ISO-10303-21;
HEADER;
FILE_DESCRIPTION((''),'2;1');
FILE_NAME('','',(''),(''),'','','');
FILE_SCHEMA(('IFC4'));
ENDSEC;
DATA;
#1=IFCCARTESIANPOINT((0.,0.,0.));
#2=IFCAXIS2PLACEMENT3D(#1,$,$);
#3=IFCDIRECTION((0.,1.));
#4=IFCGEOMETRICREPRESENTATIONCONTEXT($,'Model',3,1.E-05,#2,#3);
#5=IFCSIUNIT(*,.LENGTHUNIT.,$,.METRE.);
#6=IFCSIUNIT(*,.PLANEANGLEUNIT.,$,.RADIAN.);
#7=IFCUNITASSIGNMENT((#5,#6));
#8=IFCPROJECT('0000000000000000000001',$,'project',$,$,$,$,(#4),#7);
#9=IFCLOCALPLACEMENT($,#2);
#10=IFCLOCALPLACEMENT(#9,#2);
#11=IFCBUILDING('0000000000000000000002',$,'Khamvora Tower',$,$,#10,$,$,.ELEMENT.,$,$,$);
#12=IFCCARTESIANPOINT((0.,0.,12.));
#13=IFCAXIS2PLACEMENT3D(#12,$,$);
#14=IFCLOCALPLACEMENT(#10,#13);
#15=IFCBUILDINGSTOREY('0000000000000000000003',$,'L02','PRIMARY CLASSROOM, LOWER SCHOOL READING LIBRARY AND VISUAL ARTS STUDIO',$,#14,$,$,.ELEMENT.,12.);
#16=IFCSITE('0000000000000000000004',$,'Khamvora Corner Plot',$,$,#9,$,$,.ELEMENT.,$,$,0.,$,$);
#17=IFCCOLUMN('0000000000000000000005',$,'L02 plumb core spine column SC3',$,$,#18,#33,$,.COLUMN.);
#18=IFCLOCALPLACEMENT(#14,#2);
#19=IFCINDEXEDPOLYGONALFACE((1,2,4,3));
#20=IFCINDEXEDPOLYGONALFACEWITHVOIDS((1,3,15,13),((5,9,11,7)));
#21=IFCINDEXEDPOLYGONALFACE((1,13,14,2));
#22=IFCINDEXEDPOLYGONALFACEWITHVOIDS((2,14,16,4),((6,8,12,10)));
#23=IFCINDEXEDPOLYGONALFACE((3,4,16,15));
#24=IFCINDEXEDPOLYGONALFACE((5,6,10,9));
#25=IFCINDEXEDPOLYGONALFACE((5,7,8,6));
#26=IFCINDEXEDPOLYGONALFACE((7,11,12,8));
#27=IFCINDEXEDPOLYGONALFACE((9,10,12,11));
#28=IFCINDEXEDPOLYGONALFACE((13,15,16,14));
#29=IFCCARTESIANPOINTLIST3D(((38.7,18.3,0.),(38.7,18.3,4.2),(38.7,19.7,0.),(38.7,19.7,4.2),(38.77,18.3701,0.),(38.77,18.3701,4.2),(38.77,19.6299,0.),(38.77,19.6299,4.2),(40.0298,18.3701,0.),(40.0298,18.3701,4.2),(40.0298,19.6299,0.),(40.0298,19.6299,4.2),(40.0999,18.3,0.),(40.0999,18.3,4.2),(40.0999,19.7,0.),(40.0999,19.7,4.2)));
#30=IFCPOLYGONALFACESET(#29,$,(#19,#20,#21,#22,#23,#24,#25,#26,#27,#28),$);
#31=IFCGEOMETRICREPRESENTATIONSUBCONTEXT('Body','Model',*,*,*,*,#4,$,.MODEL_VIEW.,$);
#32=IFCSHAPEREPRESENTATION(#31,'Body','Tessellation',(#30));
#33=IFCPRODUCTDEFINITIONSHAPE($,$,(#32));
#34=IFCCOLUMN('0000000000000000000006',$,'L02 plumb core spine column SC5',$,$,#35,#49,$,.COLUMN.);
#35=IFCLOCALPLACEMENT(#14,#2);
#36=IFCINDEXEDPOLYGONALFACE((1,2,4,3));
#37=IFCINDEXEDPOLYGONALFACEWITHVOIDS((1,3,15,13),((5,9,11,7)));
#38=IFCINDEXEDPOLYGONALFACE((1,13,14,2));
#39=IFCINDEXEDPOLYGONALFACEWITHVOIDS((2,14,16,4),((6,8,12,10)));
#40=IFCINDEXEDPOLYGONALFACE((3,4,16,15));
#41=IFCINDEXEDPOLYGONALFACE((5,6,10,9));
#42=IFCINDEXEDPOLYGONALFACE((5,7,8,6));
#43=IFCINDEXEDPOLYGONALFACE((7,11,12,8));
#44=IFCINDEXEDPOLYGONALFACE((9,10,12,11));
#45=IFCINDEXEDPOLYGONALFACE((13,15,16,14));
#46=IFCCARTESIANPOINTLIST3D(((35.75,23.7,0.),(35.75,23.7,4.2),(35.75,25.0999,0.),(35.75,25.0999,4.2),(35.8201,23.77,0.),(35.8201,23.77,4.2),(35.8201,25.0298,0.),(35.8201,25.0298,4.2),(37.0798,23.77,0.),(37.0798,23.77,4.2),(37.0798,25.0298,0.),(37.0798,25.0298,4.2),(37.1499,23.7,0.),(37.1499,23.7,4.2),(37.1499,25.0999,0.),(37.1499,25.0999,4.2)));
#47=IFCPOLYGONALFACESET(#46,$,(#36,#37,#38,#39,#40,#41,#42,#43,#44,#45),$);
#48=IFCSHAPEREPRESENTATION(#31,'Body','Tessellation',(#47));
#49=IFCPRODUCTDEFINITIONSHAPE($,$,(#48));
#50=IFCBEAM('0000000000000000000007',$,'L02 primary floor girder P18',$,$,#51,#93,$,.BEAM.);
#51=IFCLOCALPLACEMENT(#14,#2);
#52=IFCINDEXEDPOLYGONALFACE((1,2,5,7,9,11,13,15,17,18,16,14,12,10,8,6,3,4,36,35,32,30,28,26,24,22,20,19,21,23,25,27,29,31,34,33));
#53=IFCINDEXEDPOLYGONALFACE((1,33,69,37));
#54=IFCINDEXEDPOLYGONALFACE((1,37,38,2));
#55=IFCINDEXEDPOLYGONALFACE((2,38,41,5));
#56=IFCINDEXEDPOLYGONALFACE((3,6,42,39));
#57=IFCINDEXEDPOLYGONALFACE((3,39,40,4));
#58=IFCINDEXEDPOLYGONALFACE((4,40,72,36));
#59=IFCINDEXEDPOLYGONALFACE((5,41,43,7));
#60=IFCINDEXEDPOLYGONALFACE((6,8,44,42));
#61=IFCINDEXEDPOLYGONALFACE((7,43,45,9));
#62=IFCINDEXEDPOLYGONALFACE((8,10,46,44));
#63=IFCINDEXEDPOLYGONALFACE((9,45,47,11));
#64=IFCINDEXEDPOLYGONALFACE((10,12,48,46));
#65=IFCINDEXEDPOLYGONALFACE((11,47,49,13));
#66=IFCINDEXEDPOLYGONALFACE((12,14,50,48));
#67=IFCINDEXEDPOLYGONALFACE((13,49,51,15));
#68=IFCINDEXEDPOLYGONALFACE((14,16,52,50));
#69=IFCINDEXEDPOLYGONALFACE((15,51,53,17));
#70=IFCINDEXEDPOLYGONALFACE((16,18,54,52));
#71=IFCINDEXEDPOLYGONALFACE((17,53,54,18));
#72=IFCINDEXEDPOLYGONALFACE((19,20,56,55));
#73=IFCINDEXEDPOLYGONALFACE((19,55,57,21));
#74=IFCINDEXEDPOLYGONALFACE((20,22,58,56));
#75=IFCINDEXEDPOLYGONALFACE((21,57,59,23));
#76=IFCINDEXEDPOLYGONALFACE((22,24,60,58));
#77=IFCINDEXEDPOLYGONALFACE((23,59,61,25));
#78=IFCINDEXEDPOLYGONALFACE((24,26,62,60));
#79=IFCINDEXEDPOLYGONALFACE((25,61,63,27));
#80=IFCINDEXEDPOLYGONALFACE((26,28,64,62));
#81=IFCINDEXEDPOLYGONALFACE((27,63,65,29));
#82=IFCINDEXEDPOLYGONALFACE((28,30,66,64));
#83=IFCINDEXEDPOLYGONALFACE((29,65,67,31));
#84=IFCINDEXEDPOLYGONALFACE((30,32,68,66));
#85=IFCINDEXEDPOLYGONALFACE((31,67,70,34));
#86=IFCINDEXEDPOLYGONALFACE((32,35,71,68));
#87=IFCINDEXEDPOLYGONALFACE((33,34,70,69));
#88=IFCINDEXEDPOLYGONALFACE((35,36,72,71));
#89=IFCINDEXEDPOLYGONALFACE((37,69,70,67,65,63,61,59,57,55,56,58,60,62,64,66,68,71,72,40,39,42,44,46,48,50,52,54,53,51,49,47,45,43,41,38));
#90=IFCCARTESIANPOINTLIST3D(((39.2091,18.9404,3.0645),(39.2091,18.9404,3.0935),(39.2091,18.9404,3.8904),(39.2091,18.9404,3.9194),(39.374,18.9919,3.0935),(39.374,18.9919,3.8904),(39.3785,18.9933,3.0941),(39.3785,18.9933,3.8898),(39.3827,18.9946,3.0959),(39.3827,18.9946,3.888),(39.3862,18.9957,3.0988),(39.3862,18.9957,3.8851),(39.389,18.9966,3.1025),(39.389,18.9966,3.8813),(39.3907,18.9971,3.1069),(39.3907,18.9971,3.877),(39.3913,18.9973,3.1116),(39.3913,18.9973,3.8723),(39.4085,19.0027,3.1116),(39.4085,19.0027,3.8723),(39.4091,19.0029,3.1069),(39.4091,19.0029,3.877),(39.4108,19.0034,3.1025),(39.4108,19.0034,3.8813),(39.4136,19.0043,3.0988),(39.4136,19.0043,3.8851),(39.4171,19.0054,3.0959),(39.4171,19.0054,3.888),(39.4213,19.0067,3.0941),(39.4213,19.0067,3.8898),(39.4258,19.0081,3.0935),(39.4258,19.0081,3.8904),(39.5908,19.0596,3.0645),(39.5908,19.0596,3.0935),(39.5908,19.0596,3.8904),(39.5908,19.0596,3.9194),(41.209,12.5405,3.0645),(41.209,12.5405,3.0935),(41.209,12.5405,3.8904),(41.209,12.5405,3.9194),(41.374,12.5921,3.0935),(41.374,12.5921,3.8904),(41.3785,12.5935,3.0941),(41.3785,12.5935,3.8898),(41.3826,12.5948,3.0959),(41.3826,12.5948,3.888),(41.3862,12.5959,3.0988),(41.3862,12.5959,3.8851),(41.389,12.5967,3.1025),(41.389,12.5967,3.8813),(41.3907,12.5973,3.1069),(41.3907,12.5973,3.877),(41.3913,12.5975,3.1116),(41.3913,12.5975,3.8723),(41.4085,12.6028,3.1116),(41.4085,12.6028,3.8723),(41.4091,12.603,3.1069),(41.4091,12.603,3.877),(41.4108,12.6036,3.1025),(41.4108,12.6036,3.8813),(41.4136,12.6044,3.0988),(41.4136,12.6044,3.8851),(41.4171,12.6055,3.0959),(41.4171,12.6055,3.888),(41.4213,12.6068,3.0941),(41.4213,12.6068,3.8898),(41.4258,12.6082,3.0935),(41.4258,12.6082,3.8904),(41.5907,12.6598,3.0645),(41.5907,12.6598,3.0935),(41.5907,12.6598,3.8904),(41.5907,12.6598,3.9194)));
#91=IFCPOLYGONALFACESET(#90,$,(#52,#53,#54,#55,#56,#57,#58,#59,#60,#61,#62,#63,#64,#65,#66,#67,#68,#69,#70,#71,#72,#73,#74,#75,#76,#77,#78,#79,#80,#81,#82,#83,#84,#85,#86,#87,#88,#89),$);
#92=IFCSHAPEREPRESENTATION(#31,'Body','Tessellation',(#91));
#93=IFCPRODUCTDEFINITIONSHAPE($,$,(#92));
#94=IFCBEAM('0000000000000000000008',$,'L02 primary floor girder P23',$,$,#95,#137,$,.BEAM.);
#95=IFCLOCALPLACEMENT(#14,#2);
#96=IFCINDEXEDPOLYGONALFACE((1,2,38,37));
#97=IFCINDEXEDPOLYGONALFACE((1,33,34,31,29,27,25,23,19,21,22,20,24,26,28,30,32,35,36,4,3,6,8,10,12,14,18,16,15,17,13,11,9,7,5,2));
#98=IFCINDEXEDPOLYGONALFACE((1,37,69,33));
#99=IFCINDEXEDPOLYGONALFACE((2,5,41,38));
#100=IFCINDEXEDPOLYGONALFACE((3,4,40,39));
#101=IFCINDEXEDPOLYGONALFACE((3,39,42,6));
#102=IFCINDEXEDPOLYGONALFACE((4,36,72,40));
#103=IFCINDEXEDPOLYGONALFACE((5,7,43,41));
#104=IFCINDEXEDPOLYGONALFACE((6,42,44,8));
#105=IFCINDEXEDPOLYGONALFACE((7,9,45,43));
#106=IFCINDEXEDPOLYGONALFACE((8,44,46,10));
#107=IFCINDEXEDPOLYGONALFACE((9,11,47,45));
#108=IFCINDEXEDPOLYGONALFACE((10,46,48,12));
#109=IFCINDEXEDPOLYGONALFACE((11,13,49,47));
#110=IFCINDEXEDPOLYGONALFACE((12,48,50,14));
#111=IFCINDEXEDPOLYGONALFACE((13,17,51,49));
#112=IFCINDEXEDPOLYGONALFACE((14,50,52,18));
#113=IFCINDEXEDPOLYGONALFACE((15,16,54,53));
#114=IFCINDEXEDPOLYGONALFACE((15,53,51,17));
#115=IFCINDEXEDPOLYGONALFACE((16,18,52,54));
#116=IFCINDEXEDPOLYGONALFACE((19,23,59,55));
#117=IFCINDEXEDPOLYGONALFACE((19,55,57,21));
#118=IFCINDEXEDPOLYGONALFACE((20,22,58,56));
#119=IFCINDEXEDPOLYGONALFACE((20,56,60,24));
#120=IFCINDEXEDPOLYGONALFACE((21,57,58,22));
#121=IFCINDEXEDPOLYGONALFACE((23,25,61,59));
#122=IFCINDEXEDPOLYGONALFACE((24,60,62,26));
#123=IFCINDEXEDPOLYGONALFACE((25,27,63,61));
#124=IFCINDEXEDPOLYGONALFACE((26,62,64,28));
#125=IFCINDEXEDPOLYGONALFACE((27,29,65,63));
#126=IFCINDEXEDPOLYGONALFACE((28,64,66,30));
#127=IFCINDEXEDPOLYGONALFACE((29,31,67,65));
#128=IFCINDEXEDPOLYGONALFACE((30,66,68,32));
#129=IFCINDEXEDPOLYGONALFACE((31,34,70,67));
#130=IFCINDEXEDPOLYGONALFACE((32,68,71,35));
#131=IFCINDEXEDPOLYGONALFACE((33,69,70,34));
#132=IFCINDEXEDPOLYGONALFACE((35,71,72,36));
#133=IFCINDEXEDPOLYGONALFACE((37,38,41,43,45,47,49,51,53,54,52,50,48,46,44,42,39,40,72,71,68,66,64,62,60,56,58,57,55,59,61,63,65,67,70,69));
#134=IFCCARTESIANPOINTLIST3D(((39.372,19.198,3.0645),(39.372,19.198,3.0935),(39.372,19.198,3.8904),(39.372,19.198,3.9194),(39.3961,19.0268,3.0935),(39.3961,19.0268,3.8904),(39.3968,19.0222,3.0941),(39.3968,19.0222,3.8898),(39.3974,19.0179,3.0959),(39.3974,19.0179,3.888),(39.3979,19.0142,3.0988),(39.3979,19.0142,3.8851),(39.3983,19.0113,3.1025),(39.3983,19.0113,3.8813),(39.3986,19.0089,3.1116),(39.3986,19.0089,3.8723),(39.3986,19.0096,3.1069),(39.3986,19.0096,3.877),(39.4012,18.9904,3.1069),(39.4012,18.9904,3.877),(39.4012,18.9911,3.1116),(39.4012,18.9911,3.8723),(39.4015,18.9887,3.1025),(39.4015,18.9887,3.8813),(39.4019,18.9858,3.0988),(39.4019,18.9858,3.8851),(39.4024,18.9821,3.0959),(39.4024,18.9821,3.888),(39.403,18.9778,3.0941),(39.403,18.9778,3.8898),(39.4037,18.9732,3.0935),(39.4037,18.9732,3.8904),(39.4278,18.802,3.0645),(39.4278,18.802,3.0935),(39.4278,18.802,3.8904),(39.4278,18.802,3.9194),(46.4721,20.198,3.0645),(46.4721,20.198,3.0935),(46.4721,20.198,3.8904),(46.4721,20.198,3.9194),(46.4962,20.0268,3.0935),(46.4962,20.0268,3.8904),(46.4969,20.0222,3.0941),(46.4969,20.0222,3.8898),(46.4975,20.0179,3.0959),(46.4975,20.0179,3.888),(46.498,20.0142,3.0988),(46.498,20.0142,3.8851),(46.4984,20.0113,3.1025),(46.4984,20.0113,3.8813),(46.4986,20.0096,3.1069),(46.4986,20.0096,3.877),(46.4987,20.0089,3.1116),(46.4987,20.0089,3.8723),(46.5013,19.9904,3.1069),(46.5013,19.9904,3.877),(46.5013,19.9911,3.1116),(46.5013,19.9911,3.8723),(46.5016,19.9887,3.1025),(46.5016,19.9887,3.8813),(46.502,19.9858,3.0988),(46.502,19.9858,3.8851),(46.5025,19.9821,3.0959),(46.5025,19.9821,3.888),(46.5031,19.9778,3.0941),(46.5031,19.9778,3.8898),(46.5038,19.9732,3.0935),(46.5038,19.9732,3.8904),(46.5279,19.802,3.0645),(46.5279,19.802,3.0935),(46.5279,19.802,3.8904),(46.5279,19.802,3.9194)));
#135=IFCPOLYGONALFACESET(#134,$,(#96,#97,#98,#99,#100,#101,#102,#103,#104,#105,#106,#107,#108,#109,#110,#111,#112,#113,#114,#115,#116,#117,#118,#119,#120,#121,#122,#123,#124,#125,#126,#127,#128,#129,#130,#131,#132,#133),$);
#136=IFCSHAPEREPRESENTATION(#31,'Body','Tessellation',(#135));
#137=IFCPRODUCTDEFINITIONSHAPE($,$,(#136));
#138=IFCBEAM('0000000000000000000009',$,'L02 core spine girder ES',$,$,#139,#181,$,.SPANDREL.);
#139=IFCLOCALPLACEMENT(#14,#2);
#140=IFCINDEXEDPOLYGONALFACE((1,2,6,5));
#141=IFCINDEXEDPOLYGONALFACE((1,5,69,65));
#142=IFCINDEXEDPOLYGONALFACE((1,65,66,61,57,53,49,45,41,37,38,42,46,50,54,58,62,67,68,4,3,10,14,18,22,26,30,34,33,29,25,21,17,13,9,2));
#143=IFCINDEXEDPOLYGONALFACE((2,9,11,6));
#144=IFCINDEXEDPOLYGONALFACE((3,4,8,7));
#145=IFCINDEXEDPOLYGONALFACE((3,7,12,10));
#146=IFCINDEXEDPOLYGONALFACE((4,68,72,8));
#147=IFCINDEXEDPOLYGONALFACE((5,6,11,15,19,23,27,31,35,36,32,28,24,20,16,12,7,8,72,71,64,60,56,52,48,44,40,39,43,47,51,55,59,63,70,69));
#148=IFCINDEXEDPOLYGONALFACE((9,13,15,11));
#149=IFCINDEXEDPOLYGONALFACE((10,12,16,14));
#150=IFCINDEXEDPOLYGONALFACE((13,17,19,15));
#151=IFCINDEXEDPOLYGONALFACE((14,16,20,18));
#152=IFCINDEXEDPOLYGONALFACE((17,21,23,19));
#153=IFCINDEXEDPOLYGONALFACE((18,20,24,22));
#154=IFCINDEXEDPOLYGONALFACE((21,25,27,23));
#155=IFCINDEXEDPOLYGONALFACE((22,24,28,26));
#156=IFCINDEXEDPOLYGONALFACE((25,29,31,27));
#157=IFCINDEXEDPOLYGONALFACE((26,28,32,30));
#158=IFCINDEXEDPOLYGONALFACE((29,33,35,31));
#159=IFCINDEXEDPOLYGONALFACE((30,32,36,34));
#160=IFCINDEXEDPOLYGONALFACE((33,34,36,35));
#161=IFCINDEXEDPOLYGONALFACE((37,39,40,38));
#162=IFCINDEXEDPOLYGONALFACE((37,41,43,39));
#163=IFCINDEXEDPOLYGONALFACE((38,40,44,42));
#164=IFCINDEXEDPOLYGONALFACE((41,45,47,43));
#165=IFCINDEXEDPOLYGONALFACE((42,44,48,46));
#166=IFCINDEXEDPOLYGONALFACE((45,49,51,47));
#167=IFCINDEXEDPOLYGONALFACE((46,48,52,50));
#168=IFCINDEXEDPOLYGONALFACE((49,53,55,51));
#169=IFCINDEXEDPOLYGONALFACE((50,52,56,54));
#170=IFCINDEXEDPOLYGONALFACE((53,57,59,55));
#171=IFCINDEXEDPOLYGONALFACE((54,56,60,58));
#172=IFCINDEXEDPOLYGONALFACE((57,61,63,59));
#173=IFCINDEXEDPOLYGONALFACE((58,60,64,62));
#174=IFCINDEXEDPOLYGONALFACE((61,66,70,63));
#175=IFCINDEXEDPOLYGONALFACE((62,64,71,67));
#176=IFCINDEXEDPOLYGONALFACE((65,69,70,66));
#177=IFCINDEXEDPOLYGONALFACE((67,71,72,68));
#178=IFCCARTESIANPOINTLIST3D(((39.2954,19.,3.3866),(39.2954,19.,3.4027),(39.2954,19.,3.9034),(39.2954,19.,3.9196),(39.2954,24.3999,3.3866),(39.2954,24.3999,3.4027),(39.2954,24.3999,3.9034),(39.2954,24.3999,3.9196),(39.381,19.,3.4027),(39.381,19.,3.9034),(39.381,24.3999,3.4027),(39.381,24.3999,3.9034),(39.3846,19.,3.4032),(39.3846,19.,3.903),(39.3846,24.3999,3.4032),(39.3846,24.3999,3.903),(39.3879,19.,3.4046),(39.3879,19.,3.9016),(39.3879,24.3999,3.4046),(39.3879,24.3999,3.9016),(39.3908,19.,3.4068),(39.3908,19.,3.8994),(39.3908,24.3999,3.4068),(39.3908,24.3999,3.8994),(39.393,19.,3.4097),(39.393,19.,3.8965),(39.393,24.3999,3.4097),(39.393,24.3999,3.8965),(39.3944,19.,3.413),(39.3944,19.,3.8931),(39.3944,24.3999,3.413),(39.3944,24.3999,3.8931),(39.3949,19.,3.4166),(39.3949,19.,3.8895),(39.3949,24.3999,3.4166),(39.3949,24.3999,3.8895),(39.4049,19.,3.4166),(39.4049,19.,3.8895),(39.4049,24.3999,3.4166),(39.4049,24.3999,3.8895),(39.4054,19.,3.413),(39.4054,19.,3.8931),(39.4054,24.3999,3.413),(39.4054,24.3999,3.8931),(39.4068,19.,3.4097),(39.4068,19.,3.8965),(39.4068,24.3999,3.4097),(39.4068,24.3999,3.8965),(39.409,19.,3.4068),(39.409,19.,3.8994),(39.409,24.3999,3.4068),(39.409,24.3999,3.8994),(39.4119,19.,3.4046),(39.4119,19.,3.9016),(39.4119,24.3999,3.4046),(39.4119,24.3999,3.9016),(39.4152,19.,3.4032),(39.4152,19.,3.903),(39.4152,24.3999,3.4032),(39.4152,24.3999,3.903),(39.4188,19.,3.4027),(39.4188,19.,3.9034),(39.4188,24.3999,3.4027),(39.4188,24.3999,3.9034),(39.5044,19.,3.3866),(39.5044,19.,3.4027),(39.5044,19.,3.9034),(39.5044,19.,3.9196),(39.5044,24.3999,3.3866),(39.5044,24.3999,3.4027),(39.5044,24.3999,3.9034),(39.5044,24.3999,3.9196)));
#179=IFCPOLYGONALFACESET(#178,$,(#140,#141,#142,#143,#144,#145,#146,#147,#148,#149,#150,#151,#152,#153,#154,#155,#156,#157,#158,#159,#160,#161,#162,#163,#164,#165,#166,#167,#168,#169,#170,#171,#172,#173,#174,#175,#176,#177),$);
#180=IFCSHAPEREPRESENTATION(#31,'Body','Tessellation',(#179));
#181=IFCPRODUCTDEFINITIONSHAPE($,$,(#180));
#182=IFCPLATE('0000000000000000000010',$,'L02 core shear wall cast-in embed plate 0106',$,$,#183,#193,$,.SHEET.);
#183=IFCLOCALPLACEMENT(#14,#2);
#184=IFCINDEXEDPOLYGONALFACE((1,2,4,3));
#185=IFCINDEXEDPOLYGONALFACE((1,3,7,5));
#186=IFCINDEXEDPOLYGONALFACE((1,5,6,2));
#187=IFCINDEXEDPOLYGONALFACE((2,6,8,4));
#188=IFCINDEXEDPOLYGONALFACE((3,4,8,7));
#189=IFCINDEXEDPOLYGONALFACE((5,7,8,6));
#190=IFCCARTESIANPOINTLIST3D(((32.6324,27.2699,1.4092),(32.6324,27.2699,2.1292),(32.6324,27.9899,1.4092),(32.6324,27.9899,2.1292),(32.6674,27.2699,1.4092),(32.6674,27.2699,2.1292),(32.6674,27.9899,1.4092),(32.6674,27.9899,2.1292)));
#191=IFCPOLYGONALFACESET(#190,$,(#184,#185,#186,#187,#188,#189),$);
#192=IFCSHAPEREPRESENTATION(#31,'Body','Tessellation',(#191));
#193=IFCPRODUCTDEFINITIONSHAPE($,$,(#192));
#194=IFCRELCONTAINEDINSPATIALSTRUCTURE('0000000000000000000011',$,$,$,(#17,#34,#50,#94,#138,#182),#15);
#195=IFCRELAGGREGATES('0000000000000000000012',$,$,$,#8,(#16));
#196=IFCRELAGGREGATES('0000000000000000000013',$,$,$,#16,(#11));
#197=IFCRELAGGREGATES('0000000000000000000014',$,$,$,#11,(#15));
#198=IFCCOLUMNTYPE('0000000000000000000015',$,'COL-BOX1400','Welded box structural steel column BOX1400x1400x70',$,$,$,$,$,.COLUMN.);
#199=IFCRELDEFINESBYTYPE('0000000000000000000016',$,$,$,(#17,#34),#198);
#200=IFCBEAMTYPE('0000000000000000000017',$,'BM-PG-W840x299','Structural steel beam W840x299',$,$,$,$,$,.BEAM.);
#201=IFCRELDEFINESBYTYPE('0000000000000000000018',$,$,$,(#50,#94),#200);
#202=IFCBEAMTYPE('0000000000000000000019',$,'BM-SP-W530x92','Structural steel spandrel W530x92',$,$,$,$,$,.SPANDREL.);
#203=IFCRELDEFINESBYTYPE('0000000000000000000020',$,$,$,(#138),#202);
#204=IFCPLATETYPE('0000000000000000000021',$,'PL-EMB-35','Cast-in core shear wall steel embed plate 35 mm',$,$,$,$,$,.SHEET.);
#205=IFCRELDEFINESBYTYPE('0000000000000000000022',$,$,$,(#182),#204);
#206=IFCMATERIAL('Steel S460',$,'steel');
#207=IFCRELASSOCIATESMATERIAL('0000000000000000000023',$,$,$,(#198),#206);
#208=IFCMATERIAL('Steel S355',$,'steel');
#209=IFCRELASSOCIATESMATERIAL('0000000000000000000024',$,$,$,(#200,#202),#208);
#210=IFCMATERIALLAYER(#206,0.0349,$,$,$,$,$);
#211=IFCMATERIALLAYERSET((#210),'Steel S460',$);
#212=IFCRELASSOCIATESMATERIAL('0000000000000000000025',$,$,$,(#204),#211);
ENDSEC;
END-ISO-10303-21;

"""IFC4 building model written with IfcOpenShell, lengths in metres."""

from ifc_helpers import new_model, si_unit, direction, frame, origin, origin_2d, place, context, subcontext, project, spatial, rectangle, hollow_rectangle, i_section, extrude, material, layer, layer_set, material_profile, profile_set, type_object, element, save


model = new_model("IFC4")

# Units and contexts
model_context = context("Model", 3, precision=1e-05, world=origin(), true_north=direction((0.0, 1.0)))
body_context = subcontext(model_context, "Body", "Model", "MODEL_VIEW")
ifc_project = project(units=[si_unit("LENGTHUNIT", "METRE"), si_unit("PLANEANGLEUNIT", "RADIAN")], contexts=[model_context])

# Site, building, storey
site_placement = place(None, origin())
site = spatial("IfcSite", under=ifc_project, at=site_placement, Name="Khamvora Corner Plot", CompositionType="ELEMENT", RefElevation=0.0)
building_placement = place(site_placement, origin())
building = spatial("IfcBuilding", under=site, at=building_placement, Name="Khamvora Tower", CompositionType="ELEMENT")
storey_placement = place(building_placement, frame((0.0, 0.0, 12.0)))
storey = spatial("IfcBuildingStorey", under=building, at=storey_placement, Name="L02", Description="PRIMARY CLASSROOM, LOWER SCHOOL READING LIBRARY AND VISUAL ARTS STUDIO", CompositionType="ELEMENT", Elevation=12.0)

# Columns
ifc_material_1 = material(Name="Steel S460", Category="steel")
ifc_material_profile_1 = material_profile(ifc_material_1, hollow_rectangle(XDim=1.3999, YDim=1.3999, WallThickness=0.0701, at=origin_2d()), Name="BOX1400x1400x70")
ifc_profile_set_1 = profile_set([ifc_material_profile_1], Name="Steel S460")
column_type = type_object("IfcColumnType", Name="COL-BOX1400", Description="Welded box structural steel column BOX1400x1400x70", PredefinedType="COLUMN", material=ifc_profile_set_1)
for number, where, z_axis, x_axis, name in (
    (1, (39.3999, 19.0, 0.0), (0.0, 0.0, 1.0), (1.0, 0.0, 0.0), "L02 plumb core spine column SC3"),
    (2, (36.45, 24.3999, 0.0), (0.0, 0.0, 1.0), (1.0, 0.0, 0.0), "L02 plumb core spine column SC5"),
):
    element("IfcColumn", number, at=place(storey_placement, frame(where, z_axis=z_axis, x_axis=x_axis)), inside=storey, type_object=column_type, Name=name, PredefinedType="COLUMN", context=body_context, shape_type="SweptSolid", body=[
        extrude(hollow_rectangle(XDim=1.3999, YDim=1.3999, WallThickness=0.0701, at=origin_2d()), origin(), (0.0, 0.0, 1.0), 4.2),
    ])

# Beams
ifc_material_2 = material(Name="Steel S355", Category="steel")
ifc_material_profile_2 = material_profile(ifc_material_2, i_section(OverallWidth=0.3999, OverallDepth=0.855, WebThickness=0.0181, FlangeThickness=0.0291, FilletRadius=0.0181, at=origin_2d()), Name="W840x299")
ifc_profile_set_2 = profile_set([ifc_material_profile_2], Name="Steel S355")
beam_type_1 = type_object("IfcBeamType", Name="BM-PG-W840x299", Description="Structural steel beam W840x299", PredefinedType="BEAM", material=ifc_profile_set_2)
beam_1_placement = place(storey_placement, frame((39.3999, 19.0, 3.4919), z_axis=(0.298279, -0.954479, 0.0), x_axis=(0.954479, 0.298279, 0.0)))
element("IfcBeam", 3, at=beam_1_placement, inside=storey, type_object=beam_type_1, Name="L02 primary floor girder P18", PredefinedType="BEAM", context=body_context, shape_type="SweptSolid", body=[
    extrude(i_section(OverallWidth=0.3999, OverallDepth=0.855, WebThickness=0.0181, FlangeThickness=0.0291, FilletRadius=0.0181, at=origin_2d()), origin(), (0.0, 0.0, 1.0), 6.7051),
])
beam_2_placement = place(storey_placement, frame((39.3999, 19.0, 3.4919), z_axis=(0.990227, 0.139467, 0.0), x_axis=(-0.139467, 0.990227, 0.0)))
element("IfcBeam", 4, at=beam_2_placement, inside=storey, type_object=beam_type_1, Name="L02 primary floor girder P23", PredefinedType="BEAM", context=body_context, shape_type="SweptSolid", body=[
    extrude(i_section(OverallWidth=0.3999, OverallDepth=0.855, WebThickness=0.0181, FlangeThickness=0.0291, FilletRadius=0.0181, at=origin_2d()), origin(), (0.0, 0.0, 1.0), 7.1702),
])
ifc_material_profile_3 = material_profile(ifc_material_2, i_section(OverallWidth=0.209, OverallDepth=0.533, WebThickness=0.01, FlangeThickness=0.0161, FilletRadius=0.0139, at=origin_2d()), Name="W530x92")
ifc_profile_set_3 = profile_set([ifc_material_profile_3], Name="Steel S355")
beam_type_2 = type_object("IfcBeamType", Name="BM-SP-W530x92", Description="Structural steel spandrel W530x92", PredefinedType="SPANDREL", material=ifc_profile_set_3)
beam_3_placement = place(storey_placement, frame((39.3999, 19.0, 3.6531), z_axis=(0.0, 1.0, 0.0), x_axis=(-1.0, 0.0, 0.0)))
element("IfcBeam", 5, at=beam_3_placement, inside=storey, type_object=beam_type_2, Name="L02 core spine girder ES", PredefinedType="SPANDREL", context=body_context, shape_type="SweptSolid", body=[
    extrude(i_section(OverallWidth=0.209, OverallDepth=0.533, WebThickness=0.01, FlangeThickness=0.0161, FilletRadius=0.0139, at=origin_2d()), origin(), (0.0, 0.0, 1.0), 5.3999),
])

# Plate
ifc_layer_1 = layer(ifc_material_1, 0.0349)
ifc_layer_set_1 = layer_set([ifc_layer_1], Name="Steel S460")
plate_type = type_object("IfcPlateType", Name="PL-EMB-35", Description="Cast-in core shear wall steel embed plate 35 mm", PredefinedType="SHEET", material=ifc_layer_set_1)
for number, where, z_axis, x_axis, name in (
    (6, (32.6499, 27.6299, 1.4092), (0.0, 0.0, 1.0), (1.0, 0.0, 0.0), "L02 core shear wall cast-in embed plate 0106"),
):
    element("IfcPlate", number, at=place(storey_placement, frame(where, z_axis=z_axis, x_axis=x_axis)), inside=storey, type_object=plate_type, Name=name, PredefinedType="SHEET", context=body_context, shape_type="SweptSolid", body=[
        extrude(rectangle(XDim=0.0349, YDim=0.72, at=origin_2d()), origin(), (0.0, 0.0, 1.0), 0.72),
    ])

save(model, "model.ifc")
